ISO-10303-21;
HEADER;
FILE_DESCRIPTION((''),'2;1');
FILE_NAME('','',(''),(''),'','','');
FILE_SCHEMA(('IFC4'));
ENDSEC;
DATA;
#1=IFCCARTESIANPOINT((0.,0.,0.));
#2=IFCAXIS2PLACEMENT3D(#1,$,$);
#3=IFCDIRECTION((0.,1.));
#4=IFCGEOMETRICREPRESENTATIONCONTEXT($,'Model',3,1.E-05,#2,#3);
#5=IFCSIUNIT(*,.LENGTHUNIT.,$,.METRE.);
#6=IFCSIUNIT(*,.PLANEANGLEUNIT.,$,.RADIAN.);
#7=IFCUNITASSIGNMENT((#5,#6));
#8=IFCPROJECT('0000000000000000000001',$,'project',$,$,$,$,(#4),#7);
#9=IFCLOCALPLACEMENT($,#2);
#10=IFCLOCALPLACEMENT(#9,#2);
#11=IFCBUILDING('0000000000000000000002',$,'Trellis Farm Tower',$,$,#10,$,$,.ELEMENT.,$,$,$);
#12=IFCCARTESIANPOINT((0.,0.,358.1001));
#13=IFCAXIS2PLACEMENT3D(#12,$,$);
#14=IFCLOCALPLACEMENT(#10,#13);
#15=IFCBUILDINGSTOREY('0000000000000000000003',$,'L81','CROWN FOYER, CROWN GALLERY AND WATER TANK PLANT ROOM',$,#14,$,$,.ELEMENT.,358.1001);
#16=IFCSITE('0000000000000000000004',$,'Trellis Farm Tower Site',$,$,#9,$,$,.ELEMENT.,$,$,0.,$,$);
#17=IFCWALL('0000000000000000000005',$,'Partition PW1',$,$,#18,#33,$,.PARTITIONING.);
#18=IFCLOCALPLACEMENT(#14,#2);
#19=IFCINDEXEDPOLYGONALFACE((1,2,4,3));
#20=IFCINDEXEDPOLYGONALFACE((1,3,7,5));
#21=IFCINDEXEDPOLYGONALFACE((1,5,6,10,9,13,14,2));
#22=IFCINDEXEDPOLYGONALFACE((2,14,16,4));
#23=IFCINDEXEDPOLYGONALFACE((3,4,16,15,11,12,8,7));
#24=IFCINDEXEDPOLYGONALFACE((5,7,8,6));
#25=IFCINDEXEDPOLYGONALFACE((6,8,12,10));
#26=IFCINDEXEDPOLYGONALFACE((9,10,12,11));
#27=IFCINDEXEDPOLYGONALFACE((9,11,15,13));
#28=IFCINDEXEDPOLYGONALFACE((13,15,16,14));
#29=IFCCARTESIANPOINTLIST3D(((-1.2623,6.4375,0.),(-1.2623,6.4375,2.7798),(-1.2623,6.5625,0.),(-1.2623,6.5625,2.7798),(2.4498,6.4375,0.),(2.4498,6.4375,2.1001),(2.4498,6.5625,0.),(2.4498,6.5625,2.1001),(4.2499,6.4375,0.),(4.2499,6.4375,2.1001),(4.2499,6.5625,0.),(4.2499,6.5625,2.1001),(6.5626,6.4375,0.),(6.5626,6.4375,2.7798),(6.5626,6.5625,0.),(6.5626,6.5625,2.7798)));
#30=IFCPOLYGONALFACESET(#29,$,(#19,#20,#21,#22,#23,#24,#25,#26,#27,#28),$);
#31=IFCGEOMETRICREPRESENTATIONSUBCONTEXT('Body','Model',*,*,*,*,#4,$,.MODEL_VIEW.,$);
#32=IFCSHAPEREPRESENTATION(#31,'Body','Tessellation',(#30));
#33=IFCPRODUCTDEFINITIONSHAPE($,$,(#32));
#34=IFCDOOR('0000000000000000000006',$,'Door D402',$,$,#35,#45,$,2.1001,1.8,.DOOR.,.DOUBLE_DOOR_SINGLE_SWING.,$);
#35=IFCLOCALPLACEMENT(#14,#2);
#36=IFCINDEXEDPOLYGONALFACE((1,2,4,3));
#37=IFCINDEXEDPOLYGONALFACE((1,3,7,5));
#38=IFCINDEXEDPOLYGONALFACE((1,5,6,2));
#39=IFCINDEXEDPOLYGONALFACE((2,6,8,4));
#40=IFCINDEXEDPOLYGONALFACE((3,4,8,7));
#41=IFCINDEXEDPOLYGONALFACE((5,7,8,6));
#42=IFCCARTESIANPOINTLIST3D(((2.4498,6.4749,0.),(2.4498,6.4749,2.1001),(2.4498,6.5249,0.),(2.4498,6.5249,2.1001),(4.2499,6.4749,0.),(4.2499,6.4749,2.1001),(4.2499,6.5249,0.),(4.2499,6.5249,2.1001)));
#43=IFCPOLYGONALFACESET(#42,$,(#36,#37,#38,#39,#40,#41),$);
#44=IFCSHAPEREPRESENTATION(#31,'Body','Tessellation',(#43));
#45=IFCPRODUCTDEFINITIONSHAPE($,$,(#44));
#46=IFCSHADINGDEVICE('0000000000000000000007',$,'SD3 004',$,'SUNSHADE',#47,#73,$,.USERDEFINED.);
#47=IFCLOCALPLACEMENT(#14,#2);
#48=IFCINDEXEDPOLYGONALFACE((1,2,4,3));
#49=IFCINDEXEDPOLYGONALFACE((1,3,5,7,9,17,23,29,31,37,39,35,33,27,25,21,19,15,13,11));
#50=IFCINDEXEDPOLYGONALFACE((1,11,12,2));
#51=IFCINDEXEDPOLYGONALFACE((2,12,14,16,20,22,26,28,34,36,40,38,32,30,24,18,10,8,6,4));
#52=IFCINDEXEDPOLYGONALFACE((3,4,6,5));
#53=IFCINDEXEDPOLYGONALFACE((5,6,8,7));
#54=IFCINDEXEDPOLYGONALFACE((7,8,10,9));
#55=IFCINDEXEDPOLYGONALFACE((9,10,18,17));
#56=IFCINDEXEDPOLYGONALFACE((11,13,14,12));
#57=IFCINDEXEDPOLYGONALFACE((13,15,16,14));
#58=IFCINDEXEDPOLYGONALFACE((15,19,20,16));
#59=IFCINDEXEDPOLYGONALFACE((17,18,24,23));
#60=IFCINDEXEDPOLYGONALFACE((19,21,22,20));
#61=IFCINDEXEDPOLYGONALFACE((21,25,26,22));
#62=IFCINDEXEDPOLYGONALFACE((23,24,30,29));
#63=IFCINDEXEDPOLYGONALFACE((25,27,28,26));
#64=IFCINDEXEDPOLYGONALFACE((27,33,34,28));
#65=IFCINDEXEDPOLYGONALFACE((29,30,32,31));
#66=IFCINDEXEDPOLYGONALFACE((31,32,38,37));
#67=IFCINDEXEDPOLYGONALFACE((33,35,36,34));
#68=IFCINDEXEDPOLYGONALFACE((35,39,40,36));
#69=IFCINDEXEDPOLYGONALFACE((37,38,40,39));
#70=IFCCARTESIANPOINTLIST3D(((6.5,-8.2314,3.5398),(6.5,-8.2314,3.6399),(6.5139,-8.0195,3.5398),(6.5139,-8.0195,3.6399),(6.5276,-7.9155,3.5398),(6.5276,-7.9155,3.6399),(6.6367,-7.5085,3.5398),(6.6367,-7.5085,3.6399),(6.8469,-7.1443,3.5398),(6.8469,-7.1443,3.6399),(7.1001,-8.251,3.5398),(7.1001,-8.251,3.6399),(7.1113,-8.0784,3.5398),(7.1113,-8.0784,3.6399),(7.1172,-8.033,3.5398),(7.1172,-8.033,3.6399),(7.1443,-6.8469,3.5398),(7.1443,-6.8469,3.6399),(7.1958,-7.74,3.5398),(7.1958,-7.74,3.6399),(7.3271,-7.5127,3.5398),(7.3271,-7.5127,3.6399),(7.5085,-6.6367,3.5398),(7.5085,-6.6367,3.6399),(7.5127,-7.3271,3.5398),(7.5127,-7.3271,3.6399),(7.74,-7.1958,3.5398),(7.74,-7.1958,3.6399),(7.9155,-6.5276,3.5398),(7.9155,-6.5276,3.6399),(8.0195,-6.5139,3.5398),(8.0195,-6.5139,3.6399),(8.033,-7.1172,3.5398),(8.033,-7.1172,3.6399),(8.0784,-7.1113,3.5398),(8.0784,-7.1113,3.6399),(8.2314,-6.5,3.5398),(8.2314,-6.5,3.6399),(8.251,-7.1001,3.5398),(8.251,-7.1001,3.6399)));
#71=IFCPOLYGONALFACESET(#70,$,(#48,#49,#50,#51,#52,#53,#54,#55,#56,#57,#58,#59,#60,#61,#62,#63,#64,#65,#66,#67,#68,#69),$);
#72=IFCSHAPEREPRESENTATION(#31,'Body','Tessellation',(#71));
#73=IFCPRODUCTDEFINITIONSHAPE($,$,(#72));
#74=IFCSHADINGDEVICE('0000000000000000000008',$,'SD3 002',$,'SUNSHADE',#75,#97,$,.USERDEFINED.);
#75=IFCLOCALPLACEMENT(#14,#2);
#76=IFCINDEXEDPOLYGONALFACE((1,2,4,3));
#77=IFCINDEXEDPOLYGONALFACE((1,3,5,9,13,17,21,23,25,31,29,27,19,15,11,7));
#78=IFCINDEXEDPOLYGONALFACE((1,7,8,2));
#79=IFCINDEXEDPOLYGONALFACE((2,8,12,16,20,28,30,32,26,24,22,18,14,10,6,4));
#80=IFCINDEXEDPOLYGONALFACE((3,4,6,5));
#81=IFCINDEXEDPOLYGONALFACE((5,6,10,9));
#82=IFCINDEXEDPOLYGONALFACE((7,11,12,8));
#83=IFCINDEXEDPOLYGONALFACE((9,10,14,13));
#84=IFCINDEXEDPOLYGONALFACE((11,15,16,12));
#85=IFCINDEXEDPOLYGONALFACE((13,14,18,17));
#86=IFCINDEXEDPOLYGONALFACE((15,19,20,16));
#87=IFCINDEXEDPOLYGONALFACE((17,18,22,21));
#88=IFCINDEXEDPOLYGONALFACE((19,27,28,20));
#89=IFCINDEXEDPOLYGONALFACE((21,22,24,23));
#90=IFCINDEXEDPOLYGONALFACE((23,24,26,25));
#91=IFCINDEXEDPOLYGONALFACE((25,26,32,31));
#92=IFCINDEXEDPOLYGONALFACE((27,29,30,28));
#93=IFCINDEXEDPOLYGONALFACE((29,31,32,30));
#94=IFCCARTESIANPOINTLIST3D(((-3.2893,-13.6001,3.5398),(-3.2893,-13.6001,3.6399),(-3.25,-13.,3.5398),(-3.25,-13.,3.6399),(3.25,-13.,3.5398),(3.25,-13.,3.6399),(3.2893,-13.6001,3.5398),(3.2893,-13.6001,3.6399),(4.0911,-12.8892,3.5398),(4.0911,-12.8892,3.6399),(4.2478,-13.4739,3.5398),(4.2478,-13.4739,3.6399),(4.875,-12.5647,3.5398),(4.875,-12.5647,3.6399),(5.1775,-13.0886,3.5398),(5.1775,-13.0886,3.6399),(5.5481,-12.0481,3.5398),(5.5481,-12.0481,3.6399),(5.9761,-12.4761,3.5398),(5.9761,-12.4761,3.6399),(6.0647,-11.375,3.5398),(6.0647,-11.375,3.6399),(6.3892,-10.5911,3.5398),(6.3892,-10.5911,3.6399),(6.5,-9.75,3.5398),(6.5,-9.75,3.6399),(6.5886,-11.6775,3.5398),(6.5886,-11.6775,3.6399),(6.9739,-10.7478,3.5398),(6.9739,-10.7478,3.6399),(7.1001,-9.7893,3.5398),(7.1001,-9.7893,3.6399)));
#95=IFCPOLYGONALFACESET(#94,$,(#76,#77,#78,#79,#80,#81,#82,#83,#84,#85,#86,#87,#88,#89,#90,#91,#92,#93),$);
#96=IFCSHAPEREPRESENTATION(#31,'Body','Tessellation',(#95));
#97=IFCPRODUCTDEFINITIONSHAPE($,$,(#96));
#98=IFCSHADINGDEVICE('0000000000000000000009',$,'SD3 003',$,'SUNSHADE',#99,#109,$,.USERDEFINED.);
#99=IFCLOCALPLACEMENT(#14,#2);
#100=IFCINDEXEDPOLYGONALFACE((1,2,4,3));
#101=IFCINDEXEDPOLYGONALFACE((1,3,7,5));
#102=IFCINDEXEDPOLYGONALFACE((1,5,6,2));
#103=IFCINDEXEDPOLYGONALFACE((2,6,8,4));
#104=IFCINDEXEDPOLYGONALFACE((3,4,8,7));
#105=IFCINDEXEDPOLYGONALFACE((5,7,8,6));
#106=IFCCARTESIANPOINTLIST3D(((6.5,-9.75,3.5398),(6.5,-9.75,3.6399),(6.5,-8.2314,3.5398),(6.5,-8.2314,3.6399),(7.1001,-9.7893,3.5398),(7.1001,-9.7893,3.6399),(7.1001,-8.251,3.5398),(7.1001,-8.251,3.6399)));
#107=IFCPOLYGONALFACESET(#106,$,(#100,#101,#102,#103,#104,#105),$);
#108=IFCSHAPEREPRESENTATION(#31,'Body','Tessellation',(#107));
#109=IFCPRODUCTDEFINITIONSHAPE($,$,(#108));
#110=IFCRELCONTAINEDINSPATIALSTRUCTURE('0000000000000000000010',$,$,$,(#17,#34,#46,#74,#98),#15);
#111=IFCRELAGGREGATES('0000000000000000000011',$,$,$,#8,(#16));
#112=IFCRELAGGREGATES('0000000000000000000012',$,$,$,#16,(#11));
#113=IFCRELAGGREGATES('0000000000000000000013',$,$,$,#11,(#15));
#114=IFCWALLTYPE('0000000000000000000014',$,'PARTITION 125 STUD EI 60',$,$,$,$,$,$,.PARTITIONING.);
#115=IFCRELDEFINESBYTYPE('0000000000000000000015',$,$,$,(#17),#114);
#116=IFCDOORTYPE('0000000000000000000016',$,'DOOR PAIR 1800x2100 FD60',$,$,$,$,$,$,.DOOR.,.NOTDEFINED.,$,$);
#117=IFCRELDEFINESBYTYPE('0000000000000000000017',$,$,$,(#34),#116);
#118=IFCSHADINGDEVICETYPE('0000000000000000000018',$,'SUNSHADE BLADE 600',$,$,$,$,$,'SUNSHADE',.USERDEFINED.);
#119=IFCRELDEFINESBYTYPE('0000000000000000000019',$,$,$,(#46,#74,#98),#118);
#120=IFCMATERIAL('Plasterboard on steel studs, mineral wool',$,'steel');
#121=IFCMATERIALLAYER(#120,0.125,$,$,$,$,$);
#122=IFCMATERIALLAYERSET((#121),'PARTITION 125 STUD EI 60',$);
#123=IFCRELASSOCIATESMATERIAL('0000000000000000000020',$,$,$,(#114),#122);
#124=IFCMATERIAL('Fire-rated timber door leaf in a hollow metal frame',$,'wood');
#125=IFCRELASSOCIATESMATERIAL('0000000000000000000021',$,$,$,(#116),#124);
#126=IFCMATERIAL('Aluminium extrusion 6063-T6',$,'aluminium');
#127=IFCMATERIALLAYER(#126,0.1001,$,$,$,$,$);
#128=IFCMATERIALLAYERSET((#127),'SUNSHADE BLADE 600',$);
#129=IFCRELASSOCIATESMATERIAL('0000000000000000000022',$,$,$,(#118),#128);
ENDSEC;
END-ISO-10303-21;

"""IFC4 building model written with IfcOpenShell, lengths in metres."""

from ifc_helpers import new_model, si_unit, direction, frame, frame_2d, origin, place, context, subcontext, project, spatial, polyline, rectangle, outline, extrude, source, transform, mapped, material, layer, layer_set, type_object, element, fill, save


model = new_model("IFC4")

# Units and contexts
model_context = context("Model", 3, precision=1e-05, world=origin(), true_north=direction((0.0, 1.0)))
body_context = subcontext(model_context, "Body", "Model", "MODEL_VIEW")
ifc_project = project(units=[si_unit("LENGTHUNIT", "METRE"), si_unit("PLANEANGLEUNIT", "RADIAN")], contexts=[model_context])

# Site, building, storey
site_placement = place(None, origin())
site = spatial("IfcSite", under=ifc_project, at=site_placement, Name="Trellis Farm Tower Site", CompositionType="ELEMENT", RefElevation=0.0)
building_placement = place(site_placement, origin())
building = spatial("IfcBuilding", under=site, at=building_placement, Name="Trellis Farm Tower", CompositionType="ELEMENT")
storey_placement = place(building_placement, frame((0.0, 0.0, 358.1001)))
storey = spatial("IfcBuildingStorey", under=building, at=storey_placement, Name="L81", Description="CROWN FOYER, CROWN GALLERY AND WATER TANK PLANT ROOM", CompositionType="ELEMENT", Elevation=358.1001)

# Shared definitions
ifc_material_1 = material(Name="Aluminium extrusion 6063-T6", Category="aluminium")

# Wall, opening, door
ifc_material_2 = material(Name="Plasterboard on steel studs, mineral wool", Category="steel")
ifc_layer_1 = layer(ifc_material_2, 0.125)
ifc_layer_set_1 = layer_set([ifc_layer_1], Name="PARTITION 125 STUD EI 60")
wall_type = type_object("IfcWallType", Name="PARTITION 125 STUD EI 60", PredefinedType="PARTITIONING", material=ifc_layer_set_1)
ifc_material_3 = material(Name="Fire-rated timber door leaf in a hollow metal frame", Category="wood")
shared_shape_1 = source(origin(), body_context, "Body", "SweptSolid", [
    extrude(rectangle(XDim=7.825, YDim=0.125, at=frame_2d((3.9126, 0.0))), origin(), (0.0, 0.0, 1.0), 2.7798),
])
wall_1_placement = place(storey_placement, frame((-1.2625, 6.5, 0.0), z_axis=(0.0, 0.0, 1.0), x_axis=(1.0, 0.0, 0.0)))
wall_1 = element("IfcWall", 1, at=wall_1_placement, inside=storey, type_object=wall_type, Name="Partition PW1", PredefinedType="PARTITIONING", context=body_context, shape_type="MappedRepresentation", body=[
    mapped(shared_shape_1, transform((0.0, 0.0, 0.0))),
])
shared_shape_2 = source(origin(), body_context, "Body", "SweptSolid", [
    extrude(rectangle(XDim=1.8, YDim=2.1001, at=frame_2d((0.8999, 1.05))), frame((0.0, 0.0725, 0.0), z_axis=(0.0, -1.0, 0.0), x_axis=(1.0, 0.0, 0.0)), (0.0, 0.0, 1.0), 0.145),
])
opening_1_placement = place(wall_1_placement, frame((3.7124, 0.0, 0.0)))
opening_1 = element("IfcOpeningElement", 2, at=opening_1_placement, cuts=wall_1, PredefinedType="OPENING", context=body_context, shape_type="MappedRepresentation", body=[
    mapped(shared_shape_2, transform((0.0, 0.0, 0.0))),
])
door_type_1 = type_object("IfcDoorType", Name="DOOR PAIR 1800x2100 FD60", OperationType="NOTDEFINED", PredefinedType="DOOR", material=ifc_material_3)
shared_shape_3 = source(origin(), body_context, "Body", "SweptSolid", [
    extrude(rectangle(XDim=1.8, YDim=2.1001, at=frame_2d((0.8999, 1.05))), frame((0.0, 0.0249, 0.0), z_axis=(0.0, -1.0, 0.0), x_axis=(1.0, 0.0, 0.0)), (0.0, 0.0, 1.0), 0.05),
])
door_1_placement = place(opening_1_placement, origin())
door_1 = element("IfcDoor", 3, at=door_1_placement, inside=storey, type_object=door_type_1, Name="Door D402", OperationType="DOUBLE_DOOR_SINGLE_SWING", OverallHeight=2.1001, OverallWidth=1.8, PredefinedType="DOOR", context=body_context, shape_type="MappedRepresentation", body=[
    mapped(shared_shape_3, transform((0.0, 0.0, 0.0))),
])
fill(opening_1, door_1)

# Shading devices
ifc_layer_2 = layer(ifc_material_1, 0.1001)
ifc_layer_set_2 = layer_set([ifc_layer_2], Name="SUNSHADE BLADE 600")
shading_device_type = type_object("IfcShadingDeviceType", Name="SUNSHADE BLADE 600", ElementType="SUNSHADE", PredefinedType="USERDEFINED", material=ifc_layer_set_2)
shared_shape_4 = source(origin(), body_context, "Body", "SweptSolid", [
    extrude(outline(polyline([(7.1001, -8.251), (7.1113, -8.0784), (7.1172, -8.033), (7.1958, -7.74), (7.3271, -7.5127), (7.5127, -7.3271), (7.74, -7.1958), (8.033, -7.1172), (8.0784, -7.1113), (8.251, -7.1001), (8.2314, -6.5), (8.0195, -6.5139), (7.9155, -6.5276), (7.5085, -6.6367), (7.1443, -6.8469), (6.8469, -7.1443), (6.6367, -7.5085), (6.5276, -7.9155), (6.5139, -8.0195), (6.5, -8.2314), (7.1001, -8.251)])), origin(), (0.0, 0.0, 1.0), 0.1001),
])
placement_1 = place(storey_placement, frame((0.0, 0.0, 3.5398)))
element("IfcShadingDevice", 4, at=placement_1, inside=storey, type_object=shading_device_type, Name="SD3 004", ObjectType="SUNSHADE", PredefinedType="USERDEFINED", context=body_context, shape_type="MappedRepresentation", body=[
    mapped(shared_shape_4, transform((0.0, 0.0, 0.0))),
])
shared_shape_5 = source(origin(), body_context, "Body", "SweptSolid", [
    extrude(outline(polyline([(-3.2893, -13.6001), (3.2893, -13.6001), (4.2478, -13.4739), (5.1775, -13.0886), (5.9761, -12.4761), (6.5886, -11.6775), (6.9739, -10.7478), (7.1001, -9.7893), (6.5, -9.75), (6.3892, -10.5911), (6.0647, -11.375), (5.5481, -12.0481), (4.875, -12.5647), (4.0911, -12.8892), (3.25, -13.0), (-3.25, -13.0), (-3.2893, -13.6001)])), origin(), (0.0, 0.0, 1.0), 0.1001),
])
element("IfcShadingDevice", 5, at=placement_1, inside=storey, type_object=shading_device_type, Name="SD3 002", ObjectType="SUNSHADE", PredefinedType="USERDEFINED", context=body_context, shape_type="MappedRepresentation", body=[
    mapped(shared_shape_5, transform((0.0, 0.0, 0.0))),
])
shared_shape_6 = source(origin(), body_context, "Body", "SweptSolid", [
    extrude(outline(polyline([(7.1001, -9.7893), (7.1001, -8.251), (6.5, -8.2314), (6.5, -9.75), (7.1001, -9.7893)])), origin(), (0.0, 0.0, 1.0), 0.1001),
])
element("IfcShadingDevice", 6, at=placement_1, inside=storey, type_object=shading_device_type, Name="SD3 003", ObjectType="SUNSHADE", PredefinedType="USERDEFINED", context=body_context, shape_type="MappedRepresentation", body=[
    mapped(shared_shape_6, transform((0.0, 0.0, 0.0))),
])

save(model, "model.ifc")
